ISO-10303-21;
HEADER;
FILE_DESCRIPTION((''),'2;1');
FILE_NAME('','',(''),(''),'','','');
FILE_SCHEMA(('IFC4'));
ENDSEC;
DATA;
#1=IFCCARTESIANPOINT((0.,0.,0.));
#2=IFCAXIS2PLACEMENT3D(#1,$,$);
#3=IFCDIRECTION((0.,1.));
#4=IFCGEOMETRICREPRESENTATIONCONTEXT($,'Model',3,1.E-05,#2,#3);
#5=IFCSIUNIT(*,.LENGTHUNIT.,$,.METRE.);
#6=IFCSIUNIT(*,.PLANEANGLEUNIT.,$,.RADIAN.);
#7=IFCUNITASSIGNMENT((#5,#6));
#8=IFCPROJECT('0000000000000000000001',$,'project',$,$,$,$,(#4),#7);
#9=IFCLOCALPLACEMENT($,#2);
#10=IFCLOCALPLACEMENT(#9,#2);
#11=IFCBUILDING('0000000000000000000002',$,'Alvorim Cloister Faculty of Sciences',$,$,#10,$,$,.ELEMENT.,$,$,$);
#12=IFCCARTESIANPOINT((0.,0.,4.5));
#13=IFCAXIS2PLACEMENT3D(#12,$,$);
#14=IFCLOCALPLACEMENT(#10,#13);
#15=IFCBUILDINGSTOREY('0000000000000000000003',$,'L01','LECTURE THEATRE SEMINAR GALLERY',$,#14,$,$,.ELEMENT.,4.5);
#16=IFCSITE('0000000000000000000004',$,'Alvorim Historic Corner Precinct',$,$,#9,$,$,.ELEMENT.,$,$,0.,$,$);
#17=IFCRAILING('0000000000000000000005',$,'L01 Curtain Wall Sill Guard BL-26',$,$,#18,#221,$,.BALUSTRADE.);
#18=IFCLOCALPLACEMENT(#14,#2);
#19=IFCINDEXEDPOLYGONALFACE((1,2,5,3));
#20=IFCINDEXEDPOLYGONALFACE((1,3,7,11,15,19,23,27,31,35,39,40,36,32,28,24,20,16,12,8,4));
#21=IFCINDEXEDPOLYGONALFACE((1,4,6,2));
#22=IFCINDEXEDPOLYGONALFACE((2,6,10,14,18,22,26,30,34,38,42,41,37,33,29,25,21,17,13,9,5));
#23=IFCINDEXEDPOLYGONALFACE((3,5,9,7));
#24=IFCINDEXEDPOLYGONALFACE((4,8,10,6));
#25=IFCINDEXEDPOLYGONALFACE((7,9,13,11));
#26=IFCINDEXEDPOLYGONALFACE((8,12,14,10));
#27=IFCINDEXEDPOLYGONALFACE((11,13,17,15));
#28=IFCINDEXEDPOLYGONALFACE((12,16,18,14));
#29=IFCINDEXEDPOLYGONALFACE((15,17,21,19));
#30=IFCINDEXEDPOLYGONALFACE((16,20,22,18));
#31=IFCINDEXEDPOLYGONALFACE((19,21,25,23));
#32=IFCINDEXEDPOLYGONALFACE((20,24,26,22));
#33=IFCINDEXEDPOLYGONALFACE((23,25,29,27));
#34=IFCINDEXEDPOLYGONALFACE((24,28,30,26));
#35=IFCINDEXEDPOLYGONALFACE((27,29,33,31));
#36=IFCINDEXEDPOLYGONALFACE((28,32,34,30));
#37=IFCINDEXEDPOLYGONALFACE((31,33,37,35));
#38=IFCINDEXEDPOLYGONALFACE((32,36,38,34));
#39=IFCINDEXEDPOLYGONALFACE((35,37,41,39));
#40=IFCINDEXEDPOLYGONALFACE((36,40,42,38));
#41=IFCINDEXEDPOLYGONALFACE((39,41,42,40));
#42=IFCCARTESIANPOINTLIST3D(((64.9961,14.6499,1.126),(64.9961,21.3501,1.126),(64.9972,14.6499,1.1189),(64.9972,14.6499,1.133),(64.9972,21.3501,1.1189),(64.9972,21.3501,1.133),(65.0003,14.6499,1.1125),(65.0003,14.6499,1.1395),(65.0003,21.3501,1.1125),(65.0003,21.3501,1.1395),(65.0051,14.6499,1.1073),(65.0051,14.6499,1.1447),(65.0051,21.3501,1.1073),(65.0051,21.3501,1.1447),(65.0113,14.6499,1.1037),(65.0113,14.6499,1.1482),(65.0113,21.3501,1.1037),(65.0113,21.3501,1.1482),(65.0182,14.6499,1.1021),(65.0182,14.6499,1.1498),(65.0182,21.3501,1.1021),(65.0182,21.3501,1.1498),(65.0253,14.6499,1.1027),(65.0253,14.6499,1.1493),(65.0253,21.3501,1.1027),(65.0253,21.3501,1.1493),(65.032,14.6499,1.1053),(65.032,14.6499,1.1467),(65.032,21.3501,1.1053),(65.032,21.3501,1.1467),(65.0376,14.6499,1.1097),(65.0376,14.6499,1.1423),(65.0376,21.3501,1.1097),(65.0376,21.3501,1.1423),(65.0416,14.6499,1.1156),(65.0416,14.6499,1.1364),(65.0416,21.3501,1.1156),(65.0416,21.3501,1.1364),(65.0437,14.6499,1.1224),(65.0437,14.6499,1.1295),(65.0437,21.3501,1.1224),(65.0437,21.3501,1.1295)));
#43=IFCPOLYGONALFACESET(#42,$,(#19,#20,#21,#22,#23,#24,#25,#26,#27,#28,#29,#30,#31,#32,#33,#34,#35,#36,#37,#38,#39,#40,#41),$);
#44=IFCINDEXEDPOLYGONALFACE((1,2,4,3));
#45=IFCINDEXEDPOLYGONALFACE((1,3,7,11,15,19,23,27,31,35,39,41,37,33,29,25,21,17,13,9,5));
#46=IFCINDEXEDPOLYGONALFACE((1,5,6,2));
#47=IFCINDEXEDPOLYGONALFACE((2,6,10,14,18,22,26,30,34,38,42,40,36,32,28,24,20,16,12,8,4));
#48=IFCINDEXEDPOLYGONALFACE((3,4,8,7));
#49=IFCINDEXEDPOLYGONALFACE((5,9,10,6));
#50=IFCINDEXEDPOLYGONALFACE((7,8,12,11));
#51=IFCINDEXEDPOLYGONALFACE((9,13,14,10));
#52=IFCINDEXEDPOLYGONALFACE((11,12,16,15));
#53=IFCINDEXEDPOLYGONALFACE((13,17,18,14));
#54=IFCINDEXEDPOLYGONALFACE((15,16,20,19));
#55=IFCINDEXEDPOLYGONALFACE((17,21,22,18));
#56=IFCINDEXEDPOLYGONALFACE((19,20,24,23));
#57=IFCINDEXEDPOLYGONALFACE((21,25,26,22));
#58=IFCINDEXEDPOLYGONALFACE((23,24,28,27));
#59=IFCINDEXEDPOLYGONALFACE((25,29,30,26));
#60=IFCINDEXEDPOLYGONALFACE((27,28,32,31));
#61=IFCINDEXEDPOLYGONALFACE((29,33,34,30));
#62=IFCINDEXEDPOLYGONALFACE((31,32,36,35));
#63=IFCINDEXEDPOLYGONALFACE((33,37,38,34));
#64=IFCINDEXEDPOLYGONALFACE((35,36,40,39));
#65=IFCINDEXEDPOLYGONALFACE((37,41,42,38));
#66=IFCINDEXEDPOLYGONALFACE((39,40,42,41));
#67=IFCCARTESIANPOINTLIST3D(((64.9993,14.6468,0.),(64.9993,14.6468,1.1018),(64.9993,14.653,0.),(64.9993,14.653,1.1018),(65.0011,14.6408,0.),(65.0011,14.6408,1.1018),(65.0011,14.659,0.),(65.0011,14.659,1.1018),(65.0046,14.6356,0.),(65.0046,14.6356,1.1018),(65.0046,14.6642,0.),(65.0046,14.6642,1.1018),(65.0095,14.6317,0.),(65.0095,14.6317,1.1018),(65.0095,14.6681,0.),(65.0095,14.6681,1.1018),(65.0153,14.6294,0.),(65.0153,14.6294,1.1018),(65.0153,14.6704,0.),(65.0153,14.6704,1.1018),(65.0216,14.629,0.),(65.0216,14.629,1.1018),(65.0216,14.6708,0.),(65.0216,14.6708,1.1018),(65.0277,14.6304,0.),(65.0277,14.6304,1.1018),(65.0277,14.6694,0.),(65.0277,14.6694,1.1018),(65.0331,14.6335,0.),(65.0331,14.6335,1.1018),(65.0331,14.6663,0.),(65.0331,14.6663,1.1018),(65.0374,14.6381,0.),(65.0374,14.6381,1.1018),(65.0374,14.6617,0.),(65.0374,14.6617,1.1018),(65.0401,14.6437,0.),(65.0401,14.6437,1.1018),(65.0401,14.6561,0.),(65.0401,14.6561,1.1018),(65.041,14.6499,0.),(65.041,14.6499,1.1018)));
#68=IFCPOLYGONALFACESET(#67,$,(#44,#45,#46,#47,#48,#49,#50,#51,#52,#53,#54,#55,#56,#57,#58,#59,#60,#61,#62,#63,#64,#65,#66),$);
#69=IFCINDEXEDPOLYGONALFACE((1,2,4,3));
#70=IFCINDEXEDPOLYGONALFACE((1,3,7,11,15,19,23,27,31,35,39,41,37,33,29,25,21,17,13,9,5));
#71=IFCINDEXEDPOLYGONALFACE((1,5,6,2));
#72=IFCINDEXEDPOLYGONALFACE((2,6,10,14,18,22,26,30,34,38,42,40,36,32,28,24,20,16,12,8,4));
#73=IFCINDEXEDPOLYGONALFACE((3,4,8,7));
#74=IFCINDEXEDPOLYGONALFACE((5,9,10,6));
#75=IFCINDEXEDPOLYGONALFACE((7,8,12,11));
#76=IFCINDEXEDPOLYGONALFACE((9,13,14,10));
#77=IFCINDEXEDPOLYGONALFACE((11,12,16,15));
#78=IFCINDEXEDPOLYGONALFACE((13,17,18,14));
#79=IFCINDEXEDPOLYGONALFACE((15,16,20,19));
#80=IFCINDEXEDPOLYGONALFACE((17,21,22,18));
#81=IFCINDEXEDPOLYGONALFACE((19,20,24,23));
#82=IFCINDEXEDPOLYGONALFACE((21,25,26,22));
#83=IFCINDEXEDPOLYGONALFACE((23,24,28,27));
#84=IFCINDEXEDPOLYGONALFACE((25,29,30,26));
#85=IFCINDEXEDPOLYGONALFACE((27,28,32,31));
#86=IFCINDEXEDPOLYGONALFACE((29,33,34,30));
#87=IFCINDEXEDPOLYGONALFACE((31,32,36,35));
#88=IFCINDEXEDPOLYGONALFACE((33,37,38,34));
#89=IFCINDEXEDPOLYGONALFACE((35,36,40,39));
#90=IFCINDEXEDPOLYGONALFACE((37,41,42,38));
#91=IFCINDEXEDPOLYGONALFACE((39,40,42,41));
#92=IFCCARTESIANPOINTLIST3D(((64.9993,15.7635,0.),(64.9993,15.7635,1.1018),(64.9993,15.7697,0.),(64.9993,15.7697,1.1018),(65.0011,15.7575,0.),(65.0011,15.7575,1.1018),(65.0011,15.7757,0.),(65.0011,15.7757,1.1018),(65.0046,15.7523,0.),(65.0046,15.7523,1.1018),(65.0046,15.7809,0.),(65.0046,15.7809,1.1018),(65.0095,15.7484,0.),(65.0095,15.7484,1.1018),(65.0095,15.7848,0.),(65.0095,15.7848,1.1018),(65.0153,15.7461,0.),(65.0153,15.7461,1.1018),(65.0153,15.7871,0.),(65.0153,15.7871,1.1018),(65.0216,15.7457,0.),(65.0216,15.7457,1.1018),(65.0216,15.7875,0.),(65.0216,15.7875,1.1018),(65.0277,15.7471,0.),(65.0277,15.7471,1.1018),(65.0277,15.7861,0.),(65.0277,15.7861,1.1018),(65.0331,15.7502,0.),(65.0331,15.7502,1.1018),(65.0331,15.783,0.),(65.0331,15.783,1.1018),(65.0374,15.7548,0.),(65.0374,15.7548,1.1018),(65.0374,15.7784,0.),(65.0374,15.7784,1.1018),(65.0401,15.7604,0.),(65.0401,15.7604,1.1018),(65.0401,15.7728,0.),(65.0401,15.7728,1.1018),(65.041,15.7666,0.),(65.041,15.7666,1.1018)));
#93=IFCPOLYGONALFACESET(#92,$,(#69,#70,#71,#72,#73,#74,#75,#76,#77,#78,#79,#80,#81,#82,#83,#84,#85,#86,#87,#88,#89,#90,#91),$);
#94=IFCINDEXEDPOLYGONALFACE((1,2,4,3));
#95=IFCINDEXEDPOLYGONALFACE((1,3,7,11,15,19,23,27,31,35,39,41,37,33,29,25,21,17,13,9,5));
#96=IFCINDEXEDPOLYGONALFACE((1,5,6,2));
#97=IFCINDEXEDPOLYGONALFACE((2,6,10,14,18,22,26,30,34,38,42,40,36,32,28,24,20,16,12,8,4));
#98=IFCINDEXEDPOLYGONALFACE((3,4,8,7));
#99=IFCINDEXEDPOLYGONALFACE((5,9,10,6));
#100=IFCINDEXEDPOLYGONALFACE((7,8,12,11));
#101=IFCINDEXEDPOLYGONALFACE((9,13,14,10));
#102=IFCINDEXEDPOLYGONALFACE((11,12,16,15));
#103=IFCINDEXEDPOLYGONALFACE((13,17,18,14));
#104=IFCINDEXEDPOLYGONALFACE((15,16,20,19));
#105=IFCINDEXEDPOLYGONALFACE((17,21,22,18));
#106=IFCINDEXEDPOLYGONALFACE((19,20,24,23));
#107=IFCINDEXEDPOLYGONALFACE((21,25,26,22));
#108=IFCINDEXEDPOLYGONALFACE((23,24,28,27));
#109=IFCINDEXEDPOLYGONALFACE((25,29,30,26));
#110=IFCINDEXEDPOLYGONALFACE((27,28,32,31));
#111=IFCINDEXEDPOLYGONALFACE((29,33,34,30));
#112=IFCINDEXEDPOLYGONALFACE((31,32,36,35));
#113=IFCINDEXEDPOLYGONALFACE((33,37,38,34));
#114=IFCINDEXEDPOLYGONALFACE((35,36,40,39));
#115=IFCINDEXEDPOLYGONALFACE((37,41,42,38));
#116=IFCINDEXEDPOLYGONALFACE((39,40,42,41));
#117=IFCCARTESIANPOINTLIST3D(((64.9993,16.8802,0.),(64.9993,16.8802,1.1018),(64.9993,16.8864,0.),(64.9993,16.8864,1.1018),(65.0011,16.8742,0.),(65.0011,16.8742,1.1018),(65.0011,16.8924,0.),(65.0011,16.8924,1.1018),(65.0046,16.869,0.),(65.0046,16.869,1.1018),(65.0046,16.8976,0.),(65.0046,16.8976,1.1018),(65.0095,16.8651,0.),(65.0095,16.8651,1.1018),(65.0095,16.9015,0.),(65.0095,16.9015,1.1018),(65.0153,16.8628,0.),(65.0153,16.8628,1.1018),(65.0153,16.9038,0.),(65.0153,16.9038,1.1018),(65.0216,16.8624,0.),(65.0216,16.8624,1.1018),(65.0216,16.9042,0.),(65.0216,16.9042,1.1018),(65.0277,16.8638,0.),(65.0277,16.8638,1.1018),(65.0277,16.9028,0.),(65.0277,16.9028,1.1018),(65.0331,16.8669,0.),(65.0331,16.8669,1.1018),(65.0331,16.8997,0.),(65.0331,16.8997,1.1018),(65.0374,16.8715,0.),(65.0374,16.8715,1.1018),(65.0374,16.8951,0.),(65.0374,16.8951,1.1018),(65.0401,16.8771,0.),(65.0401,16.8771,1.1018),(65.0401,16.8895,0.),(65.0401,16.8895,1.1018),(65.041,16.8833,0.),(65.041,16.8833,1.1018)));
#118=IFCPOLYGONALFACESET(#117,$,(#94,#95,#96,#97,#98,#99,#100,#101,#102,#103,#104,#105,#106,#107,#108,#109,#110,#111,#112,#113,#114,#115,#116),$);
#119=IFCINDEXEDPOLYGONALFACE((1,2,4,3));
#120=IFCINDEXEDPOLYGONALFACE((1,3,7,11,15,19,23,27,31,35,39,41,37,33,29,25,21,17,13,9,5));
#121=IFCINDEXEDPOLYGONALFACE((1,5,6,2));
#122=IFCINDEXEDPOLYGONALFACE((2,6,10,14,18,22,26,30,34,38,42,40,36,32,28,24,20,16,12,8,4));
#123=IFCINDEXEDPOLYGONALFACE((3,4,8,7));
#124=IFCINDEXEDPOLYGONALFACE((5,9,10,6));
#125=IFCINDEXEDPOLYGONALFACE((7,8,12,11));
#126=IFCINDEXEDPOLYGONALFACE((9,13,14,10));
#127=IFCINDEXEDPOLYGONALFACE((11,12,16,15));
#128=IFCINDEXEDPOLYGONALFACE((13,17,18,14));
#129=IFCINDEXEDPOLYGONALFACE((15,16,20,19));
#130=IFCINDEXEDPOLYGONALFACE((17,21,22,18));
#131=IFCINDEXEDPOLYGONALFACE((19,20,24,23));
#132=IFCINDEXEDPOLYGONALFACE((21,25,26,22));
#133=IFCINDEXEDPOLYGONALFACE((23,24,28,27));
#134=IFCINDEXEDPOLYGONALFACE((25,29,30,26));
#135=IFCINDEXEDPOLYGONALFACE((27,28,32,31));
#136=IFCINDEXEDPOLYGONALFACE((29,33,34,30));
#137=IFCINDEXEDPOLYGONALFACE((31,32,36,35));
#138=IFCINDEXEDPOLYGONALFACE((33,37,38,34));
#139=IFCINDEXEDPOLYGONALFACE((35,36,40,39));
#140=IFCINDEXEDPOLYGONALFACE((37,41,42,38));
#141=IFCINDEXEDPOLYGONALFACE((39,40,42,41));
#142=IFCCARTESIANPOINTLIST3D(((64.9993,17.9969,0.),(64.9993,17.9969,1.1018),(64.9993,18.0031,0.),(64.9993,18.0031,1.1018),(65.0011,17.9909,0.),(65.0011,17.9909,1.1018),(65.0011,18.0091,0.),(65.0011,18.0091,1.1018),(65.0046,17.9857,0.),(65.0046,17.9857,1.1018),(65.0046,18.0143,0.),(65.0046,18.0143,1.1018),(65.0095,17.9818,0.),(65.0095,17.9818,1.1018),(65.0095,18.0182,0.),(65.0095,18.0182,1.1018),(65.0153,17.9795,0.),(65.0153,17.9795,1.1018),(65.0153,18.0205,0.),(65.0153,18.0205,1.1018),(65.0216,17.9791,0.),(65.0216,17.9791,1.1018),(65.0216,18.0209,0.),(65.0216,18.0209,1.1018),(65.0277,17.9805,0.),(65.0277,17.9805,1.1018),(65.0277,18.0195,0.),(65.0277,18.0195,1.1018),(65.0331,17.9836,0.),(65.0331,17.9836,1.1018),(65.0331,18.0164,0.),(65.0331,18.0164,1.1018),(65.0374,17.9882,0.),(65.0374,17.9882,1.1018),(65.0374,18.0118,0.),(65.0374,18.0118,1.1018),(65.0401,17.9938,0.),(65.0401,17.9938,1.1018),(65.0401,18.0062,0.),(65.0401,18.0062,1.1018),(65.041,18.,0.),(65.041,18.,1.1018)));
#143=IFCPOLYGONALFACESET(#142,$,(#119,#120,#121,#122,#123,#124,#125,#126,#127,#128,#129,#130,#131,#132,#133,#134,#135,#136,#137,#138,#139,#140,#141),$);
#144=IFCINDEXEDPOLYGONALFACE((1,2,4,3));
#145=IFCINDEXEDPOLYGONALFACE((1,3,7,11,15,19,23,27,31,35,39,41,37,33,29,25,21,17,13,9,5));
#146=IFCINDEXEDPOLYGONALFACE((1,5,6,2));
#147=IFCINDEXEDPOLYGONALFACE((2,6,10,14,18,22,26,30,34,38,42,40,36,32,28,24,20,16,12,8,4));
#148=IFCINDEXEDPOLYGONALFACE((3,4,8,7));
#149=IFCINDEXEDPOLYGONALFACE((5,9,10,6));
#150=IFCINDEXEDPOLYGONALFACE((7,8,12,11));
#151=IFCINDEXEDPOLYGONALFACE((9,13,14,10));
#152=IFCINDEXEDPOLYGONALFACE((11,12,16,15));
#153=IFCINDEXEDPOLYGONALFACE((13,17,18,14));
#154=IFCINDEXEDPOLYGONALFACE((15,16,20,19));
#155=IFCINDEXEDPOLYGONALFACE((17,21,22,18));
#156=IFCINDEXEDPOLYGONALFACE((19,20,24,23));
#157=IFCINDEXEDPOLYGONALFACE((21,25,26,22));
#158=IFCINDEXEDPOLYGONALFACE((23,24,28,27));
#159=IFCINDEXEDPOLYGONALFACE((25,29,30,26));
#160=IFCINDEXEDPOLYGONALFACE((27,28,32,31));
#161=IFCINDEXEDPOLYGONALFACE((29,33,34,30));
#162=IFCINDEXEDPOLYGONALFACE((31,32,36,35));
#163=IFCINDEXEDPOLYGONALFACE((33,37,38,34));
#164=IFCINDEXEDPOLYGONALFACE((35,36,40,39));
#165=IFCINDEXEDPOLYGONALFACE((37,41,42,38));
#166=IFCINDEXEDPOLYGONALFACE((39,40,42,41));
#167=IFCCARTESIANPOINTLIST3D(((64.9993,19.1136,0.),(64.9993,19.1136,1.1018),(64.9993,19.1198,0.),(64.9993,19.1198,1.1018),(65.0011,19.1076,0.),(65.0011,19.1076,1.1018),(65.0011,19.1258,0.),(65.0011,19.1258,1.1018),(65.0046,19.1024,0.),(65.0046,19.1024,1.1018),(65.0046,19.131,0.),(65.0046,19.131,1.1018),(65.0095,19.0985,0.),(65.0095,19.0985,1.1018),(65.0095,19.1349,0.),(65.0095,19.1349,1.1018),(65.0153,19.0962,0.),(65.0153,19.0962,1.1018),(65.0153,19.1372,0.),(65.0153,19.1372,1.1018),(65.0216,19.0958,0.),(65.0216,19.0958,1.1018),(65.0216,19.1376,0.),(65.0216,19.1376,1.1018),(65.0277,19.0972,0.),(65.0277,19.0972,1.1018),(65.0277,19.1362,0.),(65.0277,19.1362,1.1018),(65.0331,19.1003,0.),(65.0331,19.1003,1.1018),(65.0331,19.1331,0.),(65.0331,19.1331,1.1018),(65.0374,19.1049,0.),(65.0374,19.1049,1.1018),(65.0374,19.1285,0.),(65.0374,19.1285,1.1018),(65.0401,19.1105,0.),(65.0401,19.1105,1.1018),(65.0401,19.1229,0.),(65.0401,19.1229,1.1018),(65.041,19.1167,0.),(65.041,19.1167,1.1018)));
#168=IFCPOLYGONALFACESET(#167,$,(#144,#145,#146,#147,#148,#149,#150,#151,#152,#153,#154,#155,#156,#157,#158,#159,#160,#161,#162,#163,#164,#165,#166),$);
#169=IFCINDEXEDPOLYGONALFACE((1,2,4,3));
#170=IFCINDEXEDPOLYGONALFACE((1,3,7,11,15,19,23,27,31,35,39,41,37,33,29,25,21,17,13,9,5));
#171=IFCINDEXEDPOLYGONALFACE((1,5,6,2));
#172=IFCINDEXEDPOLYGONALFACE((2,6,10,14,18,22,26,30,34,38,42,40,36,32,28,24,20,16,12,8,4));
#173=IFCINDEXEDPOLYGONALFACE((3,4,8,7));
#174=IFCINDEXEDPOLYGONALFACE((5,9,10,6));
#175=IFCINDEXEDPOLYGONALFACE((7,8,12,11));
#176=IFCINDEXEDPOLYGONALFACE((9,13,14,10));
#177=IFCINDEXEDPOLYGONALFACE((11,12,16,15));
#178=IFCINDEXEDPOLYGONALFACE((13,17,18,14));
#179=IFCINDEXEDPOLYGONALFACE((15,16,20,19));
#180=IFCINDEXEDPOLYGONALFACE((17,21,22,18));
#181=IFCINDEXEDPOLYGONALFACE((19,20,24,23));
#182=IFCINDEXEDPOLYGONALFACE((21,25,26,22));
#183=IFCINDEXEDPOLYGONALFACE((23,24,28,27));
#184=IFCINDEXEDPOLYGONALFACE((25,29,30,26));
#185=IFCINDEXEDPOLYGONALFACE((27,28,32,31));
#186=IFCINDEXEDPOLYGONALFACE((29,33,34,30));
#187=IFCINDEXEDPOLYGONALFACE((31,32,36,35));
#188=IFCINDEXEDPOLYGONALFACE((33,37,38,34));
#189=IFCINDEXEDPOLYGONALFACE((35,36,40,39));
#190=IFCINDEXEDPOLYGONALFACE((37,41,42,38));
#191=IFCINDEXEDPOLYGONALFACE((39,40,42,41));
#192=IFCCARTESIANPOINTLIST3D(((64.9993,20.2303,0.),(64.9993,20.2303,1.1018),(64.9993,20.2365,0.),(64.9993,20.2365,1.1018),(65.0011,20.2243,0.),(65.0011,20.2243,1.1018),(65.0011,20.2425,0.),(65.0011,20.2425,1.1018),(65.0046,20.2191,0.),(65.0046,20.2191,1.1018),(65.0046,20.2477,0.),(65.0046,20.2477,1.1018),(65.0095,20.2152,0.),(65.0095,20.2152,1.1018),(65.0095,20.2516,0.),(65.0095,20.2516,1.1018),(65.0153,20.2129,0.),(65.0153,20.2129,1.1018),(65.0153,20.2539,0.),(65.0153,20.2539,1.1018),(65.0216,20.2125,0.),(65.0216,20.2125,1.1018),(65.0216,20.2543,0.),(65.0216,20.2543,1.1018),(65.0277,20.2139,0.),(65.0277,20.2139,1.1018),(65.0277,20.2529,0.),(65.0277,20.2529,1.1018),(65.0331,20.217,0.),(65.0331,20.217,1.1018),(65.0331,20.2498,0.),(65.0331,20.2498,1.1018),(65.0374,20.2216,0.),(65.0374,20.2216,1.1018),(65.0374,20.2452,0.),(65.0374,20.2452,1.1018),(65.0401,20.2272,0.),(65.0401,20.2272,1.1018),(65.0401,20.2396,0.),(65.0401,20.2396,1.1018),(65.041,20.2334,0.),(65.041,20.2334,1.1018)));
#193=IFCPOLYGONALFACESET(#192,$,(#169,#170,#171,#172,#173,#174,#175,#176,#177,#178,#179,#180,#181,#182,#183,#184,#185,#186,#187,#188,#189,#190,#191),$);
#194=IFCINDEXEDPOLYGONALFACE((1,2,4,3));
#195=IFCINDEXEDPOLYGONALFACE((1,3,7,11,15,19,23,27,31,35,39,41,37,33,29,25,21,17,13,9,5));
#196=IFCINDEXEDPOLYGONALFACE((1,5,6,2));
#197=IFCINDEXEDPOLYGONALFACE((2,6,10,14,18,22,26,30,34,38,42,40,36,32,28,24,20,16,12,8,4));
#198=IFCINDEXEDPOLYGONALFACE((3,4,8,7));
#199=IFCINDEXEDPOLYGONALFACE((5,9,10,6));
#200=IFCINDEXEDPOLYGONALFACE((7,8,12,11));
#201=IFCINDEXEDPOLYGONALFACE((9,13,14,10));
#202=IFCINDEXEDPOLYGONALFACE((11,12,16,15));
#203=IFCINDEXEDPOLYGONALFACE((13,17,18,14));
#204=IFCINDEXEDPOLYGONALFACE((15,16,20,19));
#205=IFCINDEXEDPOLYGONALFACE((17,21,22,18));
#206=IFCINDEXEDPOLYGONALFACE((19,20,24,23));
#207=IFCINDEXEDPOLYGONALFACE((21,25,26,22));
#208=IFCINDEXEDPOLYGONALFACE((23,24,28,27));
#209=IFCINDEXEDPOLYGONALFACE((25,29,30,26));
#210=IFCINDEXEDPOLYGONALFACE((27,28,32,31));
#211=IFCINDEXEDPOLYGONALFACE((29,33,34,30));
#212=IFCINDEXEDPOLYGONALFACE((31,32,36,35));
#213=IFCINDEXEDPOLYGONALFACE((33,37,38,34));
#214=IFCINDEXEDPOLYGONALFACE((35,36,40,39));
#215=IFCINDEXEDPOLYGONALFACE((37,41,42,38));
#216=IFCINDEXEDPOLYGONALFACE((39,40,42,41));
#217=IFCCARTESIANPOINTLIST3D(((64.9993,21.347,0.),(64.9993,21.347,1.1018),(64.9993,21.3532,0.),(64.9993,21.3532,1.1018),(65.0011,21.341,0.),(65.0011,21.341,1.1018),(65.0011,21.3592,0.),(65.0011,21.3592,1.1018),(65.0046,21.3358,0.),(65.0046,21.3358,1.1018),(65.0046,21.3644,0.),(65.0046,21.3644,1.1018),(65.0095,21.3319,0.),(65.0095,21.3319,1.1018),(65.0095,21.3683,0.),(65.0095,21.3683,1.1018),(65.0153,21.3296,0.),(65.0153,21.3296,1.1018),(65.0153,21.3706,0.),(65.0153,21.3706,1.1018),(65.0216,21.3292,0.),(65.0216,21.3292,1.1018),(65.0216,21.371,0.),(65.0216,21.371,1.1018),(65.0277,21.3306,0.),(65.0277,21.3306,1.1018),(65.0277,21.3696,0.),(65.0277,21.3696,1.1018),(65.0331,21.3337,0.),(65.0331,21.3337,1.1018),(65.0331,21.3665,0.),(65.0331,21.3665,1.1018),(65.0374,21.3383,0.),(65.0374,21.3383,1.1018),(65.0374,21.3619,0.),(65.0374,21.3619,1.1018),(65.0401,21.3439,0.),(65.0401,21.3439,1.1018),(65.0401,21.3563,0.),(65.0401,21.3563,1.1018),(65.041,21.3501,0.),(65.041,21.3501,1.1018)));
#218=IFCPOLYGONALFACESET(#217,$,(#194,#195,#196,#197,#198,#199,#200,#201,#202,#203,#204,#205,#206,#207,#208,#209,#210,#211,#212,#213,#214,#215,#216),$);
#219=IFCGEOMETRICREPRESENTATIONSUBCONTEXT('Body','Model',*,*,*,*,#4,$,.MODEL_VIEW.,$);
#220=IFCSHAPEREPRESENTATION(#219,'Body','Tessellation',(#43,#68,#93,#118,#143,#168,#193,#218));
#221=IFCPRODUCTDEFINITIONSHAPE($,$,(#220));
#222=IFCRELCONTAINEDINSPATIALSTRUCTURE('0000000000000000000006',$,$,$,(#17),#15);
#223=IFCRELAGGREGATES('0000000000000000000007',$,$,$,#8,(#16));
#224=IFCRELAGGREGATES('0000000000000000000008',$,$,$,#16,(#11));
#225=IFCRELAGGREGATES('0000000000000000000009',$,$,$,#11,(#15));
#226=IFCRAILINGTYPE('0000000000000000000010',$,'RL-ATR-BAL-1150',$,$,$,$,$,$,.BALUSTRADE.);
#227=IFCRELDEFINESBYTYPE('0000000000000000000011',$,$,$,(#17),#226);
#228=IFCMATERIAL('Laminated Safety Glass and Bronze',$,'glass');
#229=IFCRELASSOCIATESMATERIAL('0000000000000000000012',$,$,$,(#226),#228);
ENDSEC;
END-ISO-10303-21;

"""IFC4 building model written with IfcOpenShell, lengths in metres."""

from ifc_helpers import new_model, si_unit, direction, frame, origin, origin_2d, place, context, subcontext, project, spatial, circle, extrude, material, type_object, element, save


model = new_model("IFC4")

# Units and contexts
model_context = context("Model", 3, precision=1e-05, world=origin(), true_north=direction((0.0, 1.0)))
body_context = subcontext(model_context, "Body", "Model", "MODEL_VIEW")
ifc_project = project(units=[si_unit("LENGTHUNIT", "METRE"), si_unit("PLANEANGLEUNIT", "RADIAN")], contexts=[model_context])

# Site, building, storey
site_placement = place(None, origin())
site = spatial("IfcSite", under=ifc_project, at=site_placement, Name="Alvorim Historic Corner Precinct", CompositionType="ELEMENT", RefElevation=0.0)
building_placement = place(site_placement, origin())
building = spatial("IfcBuilding", under=site, at=building_placement, Name="Alvorim Cloister Faculty of Sciences", CompositionType="ELEMENT")
storey_placement = place(building_placement, frame((0.0, 0.0, 4.5)))
storey = spatial("IfcBuildingStorey", under=building, at=storey_placement, Name="L01", Description="LECTURE THEATRE SEMINAR GALLERY", CompositionType="ELEMENT", Elevation=4.5)

# Railing
ifc_material_1 = material(Name="Laminated Safety Glass and Bronze", Category="glass")
railing_type = type_object("IfcRailingType", Name="RL-ATR-BAL-1150", PredefinedType="BALUSTRADE", material=ifc_material_1)
railing_1_placement = place(storey_placement, frame((65.02, 14.6499, 0.0)))
element("IfcRailing", 1, at=railing_1_placement, inside=storey, type_object=railing_type, Name="L01 Curtain Wall Sill Guard BL-26", PredefinedType="BALUSTRADE", context=body_context, shape_type="SweptSolid", body=[
    extrude(circle(Radius=0.0239, at=origin_2d()), frame((0.0, 0.0, 1.126), z_axis=(0.0, 1.0, 0.0), x_axis=(-1.0, 0.0, 0.0)), (0.0, 0.0, 1.0), 6.7002),
    extrude(circle(Radius=0.021, at=origin_2d()), origin(), (0.0, 0.0, 1.0), 1.1018),
    extrude(circle(Radius=0.021, at=origin_2d()), frame((0.0, 1.1167, 0.0)), (0.0, 0.0, 1.0), 1.1018),
    extrude(circle(Radius=0.021, at=origin_2d()), frame((0.0, 2.2334, 0.0)), (0.0, 0.0, 1.0), 1.1018),
    extrude(circle(Radius=0.021, at=origin_2d()), frame((0.0, 3.3501, 0.0)), (0.0, 0.0, 1.0), 1.1018),
    extrude(circle(Radius=0.021, at=origin_2d()), frame((0.0, 4.4668, 0.0)), (0.0, 0.0, 1.0), 1.1018),
    extrude(circle(Radius=0.021, at=origin_2d()), frame((0.0, 5.5835, 0.0)), (0.0, 0.0, 1.0), 1.1018),
    extrude(circle(Radius=0.021, at=origin_2d()), frame((0.0, 6.7002, 0.0)), (0.0, 0.0, 1.0), 1.1018),
])

save(model, "model.ifc")
